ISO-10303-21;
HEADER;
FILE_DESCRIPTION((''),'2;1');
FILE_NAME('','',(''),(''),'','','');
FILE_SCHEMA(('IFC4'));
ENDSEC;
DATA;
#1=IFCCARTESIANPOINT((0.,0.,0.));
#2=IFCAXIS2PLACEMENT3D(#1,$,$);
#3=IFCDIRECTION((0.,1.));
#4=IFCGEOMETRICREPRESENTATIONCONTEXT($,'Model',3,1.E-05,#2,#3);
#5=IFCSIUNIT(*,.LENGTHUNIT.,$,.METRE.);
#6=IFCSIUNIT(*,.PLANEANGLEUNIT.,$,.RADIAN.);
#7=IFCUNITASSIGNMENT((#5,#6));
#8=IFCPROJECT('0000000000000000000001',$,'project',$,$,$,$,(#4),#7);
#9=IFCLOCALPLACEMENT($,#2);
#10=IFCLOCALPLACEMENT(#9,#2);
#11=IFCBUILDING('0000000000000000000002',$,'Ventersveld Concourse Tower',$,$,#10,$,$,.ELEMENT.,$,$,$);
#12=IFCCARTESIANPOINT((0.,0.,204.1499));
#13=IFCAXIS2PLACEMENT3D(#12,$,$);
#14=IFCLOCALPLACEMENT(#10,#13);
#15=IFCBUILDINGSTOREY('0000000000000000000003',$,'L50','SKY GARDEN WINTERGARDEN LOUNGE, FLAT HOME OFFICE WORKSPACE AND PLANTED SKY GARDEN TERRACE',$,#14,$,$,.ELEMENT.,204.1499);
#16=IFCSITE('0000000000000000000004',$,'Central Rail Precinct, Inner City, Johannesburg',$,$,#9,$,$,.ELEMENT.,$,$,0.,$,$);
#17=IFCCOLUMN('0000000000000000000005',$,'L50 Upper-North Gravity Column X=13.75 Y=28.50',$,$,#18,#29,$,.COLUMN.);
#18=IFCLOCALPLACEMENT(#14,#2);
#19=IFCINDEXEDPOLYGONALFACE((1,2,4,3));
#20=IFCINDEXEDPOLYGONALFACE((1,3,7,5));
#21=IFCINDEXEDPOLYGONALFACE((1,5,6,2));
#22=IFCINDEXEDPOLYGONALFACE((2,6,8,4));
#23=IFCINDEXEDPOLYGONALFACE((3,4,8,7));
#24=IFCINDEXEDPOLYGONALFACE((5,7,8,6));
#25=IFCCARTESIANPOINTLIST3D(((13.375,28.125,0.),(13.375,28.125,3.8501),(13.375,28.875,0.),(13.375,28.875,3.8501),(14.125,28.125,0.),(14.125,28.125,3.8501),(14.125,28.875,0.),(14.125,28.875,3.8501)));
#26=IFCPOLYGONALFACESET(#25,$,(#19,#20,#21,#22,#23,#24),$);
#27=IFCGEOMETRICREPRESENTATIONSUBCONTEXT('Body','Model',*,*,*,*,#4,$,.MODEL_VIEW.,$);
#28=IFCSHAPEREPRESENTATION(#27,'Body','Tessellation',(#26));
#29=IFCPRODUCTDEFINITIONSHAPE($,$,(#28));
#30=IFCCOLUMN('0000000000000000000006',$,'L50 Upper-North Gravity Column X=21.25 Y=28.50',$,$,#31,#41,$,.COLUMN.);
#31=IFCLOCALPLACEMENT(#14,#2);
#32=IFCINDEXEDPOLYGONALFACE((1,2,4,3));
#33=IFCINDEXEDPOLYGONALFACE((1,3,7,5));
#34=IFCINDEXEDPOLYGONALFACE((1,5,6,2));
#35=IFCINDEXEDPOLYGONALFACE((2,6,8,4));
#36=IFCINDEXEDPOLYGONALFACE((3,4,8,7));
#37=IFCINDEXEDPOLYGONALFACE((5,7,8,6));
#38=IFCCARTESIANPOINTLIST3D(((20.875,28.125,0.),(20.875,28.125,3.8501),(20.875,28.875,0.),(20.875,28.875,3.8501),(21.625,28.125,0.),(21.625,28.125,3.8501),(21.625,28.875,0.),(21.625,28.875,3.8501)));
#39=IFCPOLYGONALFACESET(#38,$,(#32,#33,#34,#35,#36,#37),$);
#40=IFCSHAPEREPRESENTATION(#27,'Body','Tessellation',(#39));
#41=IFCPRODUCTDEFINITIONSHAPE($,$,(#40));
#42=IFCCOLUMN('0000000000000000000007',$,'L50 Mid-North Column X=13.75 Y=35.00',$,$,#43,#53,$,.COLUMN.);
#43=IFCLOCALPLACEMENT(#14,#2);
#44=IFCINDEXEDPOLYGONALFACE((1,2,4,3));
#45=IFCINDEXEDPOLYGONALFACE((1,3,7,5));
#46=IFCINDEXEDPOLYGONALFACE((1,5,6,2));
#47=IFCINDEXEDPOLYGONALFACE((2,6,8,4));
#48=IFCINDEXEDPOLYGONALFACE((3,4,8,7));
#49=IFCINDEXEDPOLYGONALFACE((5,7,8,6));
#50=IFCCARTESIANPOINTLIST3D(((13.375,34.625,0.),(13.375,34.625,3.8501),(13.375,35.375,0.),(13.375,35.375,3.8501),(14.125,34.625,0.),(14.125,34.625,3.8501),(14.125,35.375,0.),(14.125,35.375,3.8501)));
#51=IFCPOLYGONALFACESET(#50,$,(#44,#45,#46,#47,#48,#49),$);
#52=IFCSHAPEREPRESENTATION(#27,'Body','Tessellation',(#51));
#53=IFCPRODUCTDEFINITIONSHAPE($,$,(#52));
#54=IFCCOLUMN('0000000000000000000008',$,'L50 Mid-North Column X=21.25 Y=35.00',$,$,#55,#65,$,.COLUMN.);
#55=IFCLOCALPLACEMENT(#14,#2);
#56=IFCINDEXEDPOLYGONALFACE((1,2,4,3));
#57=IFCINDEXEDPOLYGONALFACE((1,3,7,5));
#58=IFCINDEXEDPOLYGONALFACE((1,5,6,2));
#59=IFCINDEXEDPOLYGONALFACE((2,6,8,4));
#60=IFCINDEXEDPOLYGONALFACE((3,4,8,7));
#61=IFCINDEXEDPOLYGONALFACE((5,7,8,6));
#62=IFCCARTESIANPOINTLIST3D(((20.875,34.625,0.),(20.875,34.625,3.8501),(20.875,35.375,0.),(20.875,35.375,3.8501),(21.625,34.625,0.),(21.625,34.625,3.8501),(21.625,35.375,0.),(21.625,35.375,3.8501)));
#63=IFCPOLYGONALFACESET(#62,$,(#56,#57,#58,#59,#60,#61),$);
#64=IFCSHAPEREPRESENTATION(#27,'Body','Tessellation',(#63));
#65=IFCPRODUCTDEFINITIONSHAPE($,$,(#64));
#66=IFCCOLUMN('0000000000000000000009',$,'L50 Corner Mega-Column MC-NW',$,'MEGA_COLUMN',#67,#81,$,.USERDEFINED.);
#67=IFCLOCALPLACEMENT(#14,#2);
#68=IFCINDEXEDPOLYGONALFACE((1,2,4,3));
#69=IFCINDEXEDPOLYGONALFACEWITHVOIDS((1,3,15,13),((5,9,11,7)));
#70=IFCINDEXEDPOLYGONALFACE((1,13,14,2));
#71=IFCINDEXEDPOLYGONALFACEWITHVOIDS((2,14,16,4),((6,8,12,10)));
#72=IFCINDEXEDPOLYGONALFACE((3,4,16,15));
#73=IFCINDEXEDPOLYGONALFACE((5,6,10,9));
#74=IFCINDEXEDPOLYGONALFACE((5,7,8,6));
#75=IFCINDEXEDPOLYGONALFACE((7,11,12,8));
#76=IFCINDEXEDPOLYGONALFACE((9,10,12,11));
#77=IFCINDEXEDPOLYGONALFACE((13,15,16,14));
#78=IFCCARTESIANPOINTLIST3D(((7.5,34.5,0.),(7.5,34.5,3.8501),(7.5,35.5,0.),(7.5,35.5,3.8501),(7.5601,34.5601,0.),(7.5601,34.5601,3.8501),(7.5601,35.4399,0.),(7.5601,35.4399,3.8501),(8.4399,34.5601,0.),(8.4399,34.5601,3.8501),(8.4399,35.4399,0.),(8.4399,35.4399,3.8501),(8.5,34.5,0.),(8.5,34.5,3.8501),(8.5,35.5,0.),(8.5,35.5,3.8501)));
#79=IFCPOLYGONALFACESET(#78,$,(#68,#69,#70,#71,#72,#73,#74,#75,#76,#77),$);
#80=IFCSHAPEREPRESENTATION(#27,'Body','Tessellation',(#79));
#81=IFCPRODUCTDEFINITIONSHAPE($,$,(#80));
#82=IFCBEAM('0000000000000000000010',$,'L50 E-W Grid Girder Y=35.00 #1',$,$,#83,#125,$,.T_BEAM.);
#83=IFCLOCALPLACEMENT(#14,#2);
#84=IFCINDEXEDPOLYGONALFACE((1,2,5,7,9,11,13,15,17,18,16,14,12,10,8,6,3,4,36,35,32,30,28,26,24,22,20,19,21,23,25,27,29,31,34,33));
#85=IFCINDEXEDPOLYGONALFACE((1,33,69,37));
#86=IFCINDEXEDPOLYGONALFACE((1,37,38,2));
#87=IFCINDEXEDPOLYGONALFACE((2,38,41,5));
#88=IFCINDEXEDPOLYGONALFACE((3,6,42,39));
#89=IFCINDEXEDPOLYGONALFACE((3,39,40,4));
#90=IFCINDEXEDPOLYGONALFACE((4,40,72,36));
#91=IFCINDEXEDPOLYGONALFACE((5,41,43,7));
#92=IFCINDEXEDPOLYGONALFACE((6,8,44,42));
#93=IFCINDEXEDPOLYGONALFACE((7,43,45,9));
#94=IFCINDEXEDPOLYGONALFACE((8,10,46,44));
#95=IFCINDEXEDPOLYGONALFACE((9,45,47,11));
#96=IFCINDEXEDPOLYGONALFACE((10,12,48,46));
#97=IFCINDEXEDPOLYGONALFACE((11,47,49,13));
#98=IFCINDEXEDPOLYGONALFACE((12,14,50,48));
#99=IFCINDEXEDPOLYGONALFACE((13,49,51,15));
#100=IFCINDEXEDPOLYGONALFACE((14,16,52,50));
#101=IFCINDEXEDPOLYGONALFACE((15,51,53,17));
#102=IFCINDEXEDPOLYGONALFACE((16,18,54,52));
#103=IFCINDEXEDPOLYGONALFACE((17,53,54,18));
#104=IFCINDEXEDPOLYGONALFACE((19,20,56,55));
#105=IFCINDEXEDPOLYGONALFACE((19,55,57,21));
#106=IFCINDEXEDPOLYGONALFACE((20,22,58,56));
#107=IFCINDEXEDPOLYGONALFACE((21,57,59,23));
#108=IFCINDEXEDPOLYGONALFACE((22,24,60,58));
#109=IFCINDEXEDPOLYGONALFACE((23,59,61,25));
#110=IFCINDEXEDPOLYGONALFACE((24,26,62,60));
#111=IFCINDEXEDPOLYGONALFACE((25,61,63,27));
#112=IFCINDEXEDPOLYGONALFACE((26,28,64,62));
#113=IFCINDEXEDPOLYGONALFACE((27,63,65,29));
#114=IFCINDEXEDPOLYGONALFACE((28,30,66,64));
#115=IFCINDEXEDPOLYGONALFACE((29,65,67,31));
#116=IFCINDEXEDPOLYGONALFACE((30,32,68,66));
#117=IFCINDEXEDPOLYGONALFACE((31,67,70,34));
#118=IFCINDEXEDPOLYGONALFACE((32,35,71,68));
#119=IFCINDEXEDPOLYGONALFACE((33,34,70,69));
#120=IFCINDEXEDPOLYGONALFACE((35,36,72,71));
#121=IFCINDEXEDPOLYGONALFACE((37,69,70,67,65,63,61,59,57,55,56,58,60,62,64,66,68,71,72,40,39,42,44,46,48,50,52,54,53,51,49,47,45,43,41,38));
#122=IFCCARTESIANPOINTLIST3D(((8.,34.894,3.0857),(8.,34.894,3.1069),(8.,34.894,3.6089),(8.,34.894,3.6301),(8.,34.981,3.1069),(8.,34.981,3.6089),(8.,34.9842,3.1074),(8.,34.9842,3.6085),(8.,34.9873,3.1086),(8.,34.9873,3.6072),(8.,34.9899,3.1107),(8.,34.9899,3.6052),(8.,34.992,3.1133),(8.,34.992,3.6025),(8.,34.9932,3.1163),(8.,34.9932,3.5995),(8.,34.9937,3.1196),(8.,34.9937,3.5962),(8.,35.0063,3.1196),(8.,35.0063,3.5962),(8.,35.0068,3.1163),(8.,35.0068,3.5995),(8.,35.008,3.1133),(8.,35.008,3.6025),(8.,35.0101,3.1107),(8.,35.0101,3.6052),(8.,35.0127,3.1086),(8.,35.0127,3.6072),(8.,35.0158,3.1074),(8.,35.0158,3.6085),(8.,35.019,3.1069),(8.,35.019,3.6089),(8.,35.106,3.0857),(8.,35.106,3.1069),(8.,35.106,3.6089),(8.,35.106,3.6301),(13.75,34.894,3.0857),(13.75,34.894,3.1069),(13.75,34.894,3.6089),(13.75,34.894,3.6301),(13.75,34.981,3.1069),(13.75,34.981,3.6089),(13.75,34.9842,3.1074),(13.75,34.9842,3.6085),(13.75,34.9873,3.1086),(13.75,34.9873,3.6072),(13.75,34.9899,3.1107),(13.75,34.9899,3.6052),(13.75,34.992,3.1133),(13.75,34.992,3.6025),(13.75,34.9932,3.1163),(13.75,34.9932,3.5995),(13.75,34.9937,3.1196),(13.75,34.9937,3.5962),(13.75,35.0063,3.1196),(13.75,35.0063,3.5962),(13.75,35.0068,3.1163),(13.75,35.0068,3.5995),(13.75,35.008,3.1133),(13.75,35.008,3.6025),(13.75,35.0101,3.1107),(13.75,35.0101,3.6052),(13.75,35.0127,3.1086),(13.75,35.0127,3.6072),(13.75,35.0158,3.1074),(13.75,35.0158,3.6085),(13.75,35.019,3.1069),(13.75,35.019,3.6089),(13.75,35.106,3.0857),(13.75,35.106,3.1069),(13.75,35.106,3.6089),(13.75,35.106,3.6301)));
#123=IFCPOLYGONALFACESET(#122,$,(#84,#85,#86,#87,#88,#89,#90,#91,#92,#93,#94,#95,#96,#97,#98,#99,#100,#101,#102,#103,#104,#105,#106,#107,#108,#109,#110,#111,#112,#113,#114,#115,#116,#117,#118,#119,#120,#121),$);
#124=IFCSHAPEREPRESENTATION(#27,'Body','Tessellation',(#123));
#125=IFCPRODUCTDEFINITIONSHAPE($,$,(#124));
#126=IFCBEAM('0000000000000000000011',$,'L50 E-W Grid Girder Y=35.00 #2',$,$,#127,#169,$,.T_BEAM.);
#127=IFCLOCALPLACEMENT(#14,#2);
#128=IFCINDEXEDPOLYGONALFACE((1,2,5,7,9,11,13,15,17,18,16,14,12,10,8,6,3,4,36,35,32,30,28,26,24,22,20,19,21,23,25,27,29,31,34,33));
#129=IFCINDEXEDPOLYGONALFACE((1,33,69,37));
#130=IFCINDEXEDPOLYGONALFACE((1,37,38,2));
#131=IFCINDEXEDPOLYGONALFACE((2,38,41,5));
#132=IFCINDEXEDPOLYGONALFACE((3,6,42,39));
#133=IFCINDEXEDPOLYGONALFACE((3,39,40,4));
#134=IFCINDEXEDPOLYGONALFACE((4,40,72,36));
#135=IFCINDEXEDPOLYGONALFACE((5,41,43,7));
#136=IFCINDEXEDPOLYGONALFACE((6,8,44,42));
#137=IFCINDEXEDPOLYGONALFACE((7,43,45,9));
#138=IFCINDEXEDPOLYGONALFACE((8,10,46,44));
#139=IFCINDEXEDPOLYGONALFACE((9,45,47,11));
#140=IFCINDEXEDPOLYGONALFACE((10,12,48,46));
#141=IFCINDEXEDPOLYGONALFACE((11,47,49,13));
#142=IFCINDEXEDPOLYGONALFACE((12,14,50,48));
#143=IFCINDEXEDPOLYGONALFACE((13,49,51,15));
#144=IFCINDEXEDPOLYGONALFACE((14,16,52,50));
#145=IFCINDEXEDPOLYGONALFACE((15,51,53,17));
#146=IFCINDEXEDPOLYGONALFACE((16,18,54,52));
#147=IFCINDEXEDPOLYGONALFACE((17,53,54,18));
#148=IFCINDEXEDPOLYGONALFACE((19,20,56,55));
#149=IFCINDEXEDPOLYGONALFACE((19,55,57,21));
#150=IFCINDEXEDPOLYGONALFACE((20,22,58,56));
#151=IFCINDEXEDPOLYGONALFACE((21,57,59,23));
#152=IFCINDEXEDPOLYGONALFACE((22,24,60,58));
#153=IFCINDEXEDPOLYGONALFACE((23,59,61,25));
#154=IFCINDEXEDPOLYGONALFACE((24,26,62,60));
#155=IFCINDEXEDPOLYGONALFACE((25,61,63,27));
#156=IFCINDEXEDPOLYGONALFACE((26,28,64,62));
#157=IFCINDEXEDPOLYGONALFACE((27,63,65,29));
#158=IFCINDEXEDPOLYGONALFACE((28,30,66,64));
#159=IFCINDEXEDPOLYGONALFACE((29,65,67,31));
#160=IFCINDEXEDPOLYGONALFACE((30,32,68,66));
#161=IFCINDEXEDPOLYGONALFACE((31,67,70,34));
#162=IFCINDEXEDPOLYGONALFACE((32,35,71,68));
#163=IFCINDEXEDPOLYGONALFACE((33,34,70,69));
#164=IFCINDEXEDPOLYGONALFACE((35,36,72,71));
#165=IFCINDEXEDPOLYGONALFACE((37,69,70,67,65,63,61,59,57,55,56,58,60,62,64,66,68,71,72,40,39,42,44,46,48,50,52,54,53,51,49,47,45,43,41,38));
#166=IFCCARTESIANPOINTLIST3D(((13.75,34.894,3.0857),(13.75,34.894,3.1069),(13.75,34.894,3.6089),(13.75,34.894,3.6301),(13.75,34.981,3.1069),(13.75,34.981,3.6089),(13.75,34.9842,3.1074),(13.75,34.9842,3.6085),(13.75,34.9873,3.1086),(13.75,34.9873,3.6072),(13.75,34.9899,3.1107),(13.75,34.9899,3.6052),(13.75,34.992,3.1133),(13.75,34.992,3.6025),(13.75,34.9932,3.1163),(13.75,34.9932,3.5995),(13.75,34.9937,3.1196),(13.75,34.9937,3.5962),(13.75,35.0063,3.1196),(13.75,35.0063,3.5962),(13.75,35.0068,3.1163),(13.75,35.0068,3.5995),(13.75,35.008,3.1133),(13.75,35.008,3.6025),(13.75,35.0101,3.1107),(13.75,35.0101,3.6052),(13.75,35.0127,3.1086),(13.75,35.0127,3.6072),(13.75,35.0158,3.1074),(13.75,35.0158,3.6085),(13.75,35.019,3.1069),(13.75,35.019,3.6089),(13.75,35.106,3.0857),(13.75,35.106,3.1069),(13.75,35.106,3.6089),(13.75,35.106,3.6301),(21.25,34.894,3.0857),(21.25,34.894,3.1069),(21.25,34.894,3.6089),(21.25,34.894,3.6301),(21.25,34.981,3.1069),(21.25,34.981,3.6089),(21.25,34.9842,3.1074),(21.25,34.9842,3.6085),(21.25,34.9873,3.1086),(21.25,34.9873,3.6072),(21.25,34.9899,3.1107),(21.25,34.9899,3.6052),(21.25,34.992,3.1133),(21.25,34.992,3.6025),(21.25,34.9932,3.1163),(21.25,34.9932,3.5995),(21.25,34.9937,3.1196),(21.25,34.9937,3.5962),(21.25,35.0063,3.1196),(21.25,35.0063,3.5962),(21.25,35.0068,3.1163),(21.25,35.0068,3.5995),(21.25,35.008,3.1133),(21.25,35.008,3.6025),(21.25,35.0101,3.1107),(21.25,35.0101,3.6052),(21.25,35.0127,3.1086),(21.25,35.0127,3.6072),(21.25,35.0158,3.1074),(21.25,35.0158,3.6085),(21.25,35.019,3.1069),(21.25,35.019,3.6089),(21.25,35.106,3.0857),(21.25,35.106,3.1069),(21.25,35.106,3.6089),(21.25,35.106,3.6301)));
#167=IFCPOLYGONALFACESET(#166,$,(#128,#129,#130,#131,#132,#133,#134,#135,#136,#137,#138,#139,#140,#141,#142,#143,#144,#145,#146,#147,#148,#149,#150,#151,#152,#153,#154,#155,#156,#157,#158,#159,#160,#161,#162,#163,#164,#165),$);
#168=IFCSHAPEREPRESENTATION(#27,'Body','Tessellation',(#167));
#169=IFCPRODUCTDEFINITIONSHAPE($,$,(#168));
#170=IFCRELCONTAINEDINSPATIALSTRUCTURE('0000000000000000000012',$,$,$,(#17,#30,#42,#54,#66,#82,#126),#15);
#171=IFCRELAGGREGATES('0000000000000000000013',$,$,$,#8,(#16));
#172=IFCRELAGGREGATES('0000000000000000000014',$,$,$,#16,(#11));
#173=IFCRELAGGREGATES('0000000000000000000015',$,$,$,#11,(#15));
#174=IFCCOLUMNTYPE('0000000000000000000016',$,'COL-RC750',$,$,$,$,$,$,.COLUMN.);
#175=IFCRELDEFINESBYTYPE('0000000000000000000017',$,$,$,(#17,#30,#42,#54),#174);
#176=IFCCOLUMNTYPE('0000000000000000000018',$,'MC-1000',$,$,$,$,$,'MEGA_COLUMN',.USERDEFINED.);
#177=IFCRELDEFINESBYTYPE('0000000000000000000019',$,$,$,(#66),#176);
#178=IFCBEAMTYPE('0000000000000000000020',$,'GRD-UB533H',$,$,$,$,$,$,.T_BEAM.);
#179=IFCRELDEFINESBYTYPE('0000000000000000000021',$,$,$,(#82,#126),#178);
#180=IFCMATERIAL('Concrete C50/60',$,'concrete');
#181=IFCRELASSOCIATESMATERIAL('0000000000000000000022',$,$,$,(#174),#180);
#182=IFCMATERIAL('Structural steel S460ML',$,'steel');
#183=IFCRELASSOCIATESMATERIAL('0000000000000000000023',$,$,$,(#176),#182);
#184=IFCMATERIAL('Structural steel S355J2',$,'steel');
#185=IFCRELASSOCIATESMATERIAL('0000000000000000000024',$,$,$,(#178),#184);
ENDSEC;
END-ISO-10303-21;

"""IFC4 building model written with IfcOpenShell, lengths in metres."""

from ifc_helpers import new_model, si_unit, direction, frame, origin, origin_2d, place, context, subcontext, project, spatial, rectangle, hollow_rectangle, i_section, extrude, material, material_profile, profile_set, type_object, element, save


model = new_model("IFC4")

# Units and contexts
model_context = context("Model", 3, precision=1e-05, world=origin(), true_north=direction((0.0, 1.0)))
body_context = subcontext(model_context, "Body", "Model", "MODEL_VIEW")
ifc_project = project(units=[si_unit("LENGTHUNIT", "METRE"), si_unit("PLANEANGLEUNIT", "RADIAN")], contexts=[model_context])

# Site, building, storey
site_placement = place(None, origin())
site = spatial("IfcSite", under=ifc_project, at=site_placement, Name="Central Rail Precinct, Inner City, Johannesburg", CompositionType="ELEMENT", RefElevation=0.0)
building_placement = place(site_placement, origin())
building = spatial("IfcBuilding", under=site, at=building_placement, Name="Ventersveld Concourse Tower", CompositionType="ELEMENT")
storey_placement = place(building_placement, frame((0.0, 0.0, 204.1499)))
storey = spatial("IfcBuildingStorey", under=building, at=storey_placement, Name="L50", Description="SKY GARDEN WINTERGARDEN LOUNGE, FLAT HOME OFFICE WORKSPACE AND PLANTED SKY GARDEN TERRACE", CompositionType="ELEMENT", Elevation=204.1499)

# Columns
ifc_material_1 = material(Name="Concrete C50/60", Category="concrete")
ifc_material_profile_1 = material_profile(ifc_material_1, rectangle(XDim=0.75, YDim=0.75, at=origin_2d()), Name="RC 750x750")
ifc_profile_set_1 = profile_set([ifc_material_profile_1], Name="Concrete C50/60")
column_type_1 = type_object("IfcColumnType", Name="COL-RC750", PredefinedType="COLUMN", material=ifc_profile_set_1)
for number, where, z_axis, x_axis, name in (
    (1, (13.75, 28.5, 0.0), (0.0, 0.0, 1.0), (1.0, 0.0, 0.0), "L50 Upper-North Gravity Column X=13.75 Y=28.50"),
    (2, (21.25, 28.5, 0.0), (0.0, 0.0, 1.0), (1.0, 0.0, 0.0), "L50 Upper-North Gravity Column X=21.25 Y=28.50"),
    (3, (13.75, 35.0, 0.0), (0.0, 0.0, 1.0), (1.0, 0.0, 0.0), "L50 Mid-North Column X=13.75 Y=35.00"),
    (4, (21.25, 35.0, 0.0), (0.0, 0.0, 1.0), (1.0, 0.0, 0.0), "L50 Mid-North Column X=21.25 Y=35.00"),
):
    element("IfcColumn", number, at=place(storey_placement, frame(where, z_axis=z_axis, x_axis=x_axis)), inside=storey, type_object=column_type_1, Name=name, PredefinedType="COLUMN", context=body_context, shape_type="SweptSolid", body=[
        extrude(rectangle(XDim=0.75, YDim=0.75, at=origin_2d()), origin(), (0.0, 0.0, 1.0), 3.8501),
    ])
ifc_material_2 = material(Name="Structural steel S460ML", Category="steel")
ifc_material_profile_2 = material_profile(ifc_material_2, hollow_rectangle(XDim=1.0, YDim=1.0, WallThickness=0.0601, at=origin_2d()), Name="BOX 1000x1000x60")
ifc_profile_set_2 = profile_set([ifc_material_profile_2], Name="Structural steel S460ML")
column_type_2 = type_object("IfcColumnType", Name="MC-1000", ElementType="MEGA_COLUMN", PredefinedType="USERDEFINED", material=ifc_profile_set_2)
column_placement = place(storey_placement, frame((8.0, 35.0, 0.0), z_axis=(0.0, 0.0, 1.0), x_axis=(1.0, 0.0, 0.0)))
element("IfcColumn", 5, at=column_placement, inside=storey, type_object=column_type_2, Name="L50 Corner Mega-Column MC-NW", ObjectType="MEGA_COLUMN", PredefinedType="USERDEFINED", context=body_context, shape_type="SweptSolid", body=[
    extrude(hollow_rectangle(XDim=1.0, YDim=1.0, WallThickness=0.0601, at=origin_2d()), origin(), (0.0, 0.0, 1.0), 3.8501),
])

# Beams
ifc_material_3 = material(Name="Structural steel S355J2", Category="steel")
ifc_material_profile_3 = material_profile(ifc_material_3, i_section(OverallWidth=0.2119, OverallDepth=0.5444, WebThickness=0.0127, FlangeThickness=0.0212, FilletRadius=0.0127, at=origin_2d()), Name="UB 533x210x122")
ifc_profile_set_3 = profile_set([ifc_material_profile_3], Name="Structural steel S355J2")
beam_type = type_object("IfcBeamType", Name="GRD-UB533H", PredefinedType="T_BEAM", material=ifc_profile_set_3)
beam_placement = place(storey_placement, frame((8.0, 35.0, 3.3579), z_axis=(1.0, 0.0, 0.0), x_axis=(0.0, 1.0, 0.0)))
element("IfcBeam", 6, at=beam_placement, inside=storey, type_object=beam_type, Name="L50 E-W Grid Girder Y=35.00 #1", PredefinedType="T_BEAM", context=body_context, shape_type="SweptSolid", body=[
    extrude(i_section(OverallWidth=0.2119, OverallDepth=0.5444, WebThickness=0.0127, FlangeThickness=0.0212, FilletRadius=0.0127, at=origin_2d()), origin(), (0.0, 0.0, 1.0), 5.75),
])
for number, where, z_axis, x_axis, name in (
    (7, (13.75, 35.0, 3.3579), (1.0, 0.0, 0.0), (0.0, 1.0, 0.0), "L50 E-W Grid Girder Y=35.00 #2"),
):
    element("IfcBeam", number, at=place(storey_placement, frame(where, z_axis=z_axis, x_axis=x_axis)), inside=storey, type_object=beam_type, Name=name, PredefinedType="T_BEAM", context=body_context, shape_type="SweptSolid", body=[
        extrude(i_section(OverallWidth=0.2119, OverallDepth=0.5444, WebThickness=0.0127, FlangeThickness=0.0212, FilletRadius=0.0127, at=origin_2d()), origin(), (0.0, 0.0, 1.0), 7.5),
    ])

save(model, "model.ifc")
